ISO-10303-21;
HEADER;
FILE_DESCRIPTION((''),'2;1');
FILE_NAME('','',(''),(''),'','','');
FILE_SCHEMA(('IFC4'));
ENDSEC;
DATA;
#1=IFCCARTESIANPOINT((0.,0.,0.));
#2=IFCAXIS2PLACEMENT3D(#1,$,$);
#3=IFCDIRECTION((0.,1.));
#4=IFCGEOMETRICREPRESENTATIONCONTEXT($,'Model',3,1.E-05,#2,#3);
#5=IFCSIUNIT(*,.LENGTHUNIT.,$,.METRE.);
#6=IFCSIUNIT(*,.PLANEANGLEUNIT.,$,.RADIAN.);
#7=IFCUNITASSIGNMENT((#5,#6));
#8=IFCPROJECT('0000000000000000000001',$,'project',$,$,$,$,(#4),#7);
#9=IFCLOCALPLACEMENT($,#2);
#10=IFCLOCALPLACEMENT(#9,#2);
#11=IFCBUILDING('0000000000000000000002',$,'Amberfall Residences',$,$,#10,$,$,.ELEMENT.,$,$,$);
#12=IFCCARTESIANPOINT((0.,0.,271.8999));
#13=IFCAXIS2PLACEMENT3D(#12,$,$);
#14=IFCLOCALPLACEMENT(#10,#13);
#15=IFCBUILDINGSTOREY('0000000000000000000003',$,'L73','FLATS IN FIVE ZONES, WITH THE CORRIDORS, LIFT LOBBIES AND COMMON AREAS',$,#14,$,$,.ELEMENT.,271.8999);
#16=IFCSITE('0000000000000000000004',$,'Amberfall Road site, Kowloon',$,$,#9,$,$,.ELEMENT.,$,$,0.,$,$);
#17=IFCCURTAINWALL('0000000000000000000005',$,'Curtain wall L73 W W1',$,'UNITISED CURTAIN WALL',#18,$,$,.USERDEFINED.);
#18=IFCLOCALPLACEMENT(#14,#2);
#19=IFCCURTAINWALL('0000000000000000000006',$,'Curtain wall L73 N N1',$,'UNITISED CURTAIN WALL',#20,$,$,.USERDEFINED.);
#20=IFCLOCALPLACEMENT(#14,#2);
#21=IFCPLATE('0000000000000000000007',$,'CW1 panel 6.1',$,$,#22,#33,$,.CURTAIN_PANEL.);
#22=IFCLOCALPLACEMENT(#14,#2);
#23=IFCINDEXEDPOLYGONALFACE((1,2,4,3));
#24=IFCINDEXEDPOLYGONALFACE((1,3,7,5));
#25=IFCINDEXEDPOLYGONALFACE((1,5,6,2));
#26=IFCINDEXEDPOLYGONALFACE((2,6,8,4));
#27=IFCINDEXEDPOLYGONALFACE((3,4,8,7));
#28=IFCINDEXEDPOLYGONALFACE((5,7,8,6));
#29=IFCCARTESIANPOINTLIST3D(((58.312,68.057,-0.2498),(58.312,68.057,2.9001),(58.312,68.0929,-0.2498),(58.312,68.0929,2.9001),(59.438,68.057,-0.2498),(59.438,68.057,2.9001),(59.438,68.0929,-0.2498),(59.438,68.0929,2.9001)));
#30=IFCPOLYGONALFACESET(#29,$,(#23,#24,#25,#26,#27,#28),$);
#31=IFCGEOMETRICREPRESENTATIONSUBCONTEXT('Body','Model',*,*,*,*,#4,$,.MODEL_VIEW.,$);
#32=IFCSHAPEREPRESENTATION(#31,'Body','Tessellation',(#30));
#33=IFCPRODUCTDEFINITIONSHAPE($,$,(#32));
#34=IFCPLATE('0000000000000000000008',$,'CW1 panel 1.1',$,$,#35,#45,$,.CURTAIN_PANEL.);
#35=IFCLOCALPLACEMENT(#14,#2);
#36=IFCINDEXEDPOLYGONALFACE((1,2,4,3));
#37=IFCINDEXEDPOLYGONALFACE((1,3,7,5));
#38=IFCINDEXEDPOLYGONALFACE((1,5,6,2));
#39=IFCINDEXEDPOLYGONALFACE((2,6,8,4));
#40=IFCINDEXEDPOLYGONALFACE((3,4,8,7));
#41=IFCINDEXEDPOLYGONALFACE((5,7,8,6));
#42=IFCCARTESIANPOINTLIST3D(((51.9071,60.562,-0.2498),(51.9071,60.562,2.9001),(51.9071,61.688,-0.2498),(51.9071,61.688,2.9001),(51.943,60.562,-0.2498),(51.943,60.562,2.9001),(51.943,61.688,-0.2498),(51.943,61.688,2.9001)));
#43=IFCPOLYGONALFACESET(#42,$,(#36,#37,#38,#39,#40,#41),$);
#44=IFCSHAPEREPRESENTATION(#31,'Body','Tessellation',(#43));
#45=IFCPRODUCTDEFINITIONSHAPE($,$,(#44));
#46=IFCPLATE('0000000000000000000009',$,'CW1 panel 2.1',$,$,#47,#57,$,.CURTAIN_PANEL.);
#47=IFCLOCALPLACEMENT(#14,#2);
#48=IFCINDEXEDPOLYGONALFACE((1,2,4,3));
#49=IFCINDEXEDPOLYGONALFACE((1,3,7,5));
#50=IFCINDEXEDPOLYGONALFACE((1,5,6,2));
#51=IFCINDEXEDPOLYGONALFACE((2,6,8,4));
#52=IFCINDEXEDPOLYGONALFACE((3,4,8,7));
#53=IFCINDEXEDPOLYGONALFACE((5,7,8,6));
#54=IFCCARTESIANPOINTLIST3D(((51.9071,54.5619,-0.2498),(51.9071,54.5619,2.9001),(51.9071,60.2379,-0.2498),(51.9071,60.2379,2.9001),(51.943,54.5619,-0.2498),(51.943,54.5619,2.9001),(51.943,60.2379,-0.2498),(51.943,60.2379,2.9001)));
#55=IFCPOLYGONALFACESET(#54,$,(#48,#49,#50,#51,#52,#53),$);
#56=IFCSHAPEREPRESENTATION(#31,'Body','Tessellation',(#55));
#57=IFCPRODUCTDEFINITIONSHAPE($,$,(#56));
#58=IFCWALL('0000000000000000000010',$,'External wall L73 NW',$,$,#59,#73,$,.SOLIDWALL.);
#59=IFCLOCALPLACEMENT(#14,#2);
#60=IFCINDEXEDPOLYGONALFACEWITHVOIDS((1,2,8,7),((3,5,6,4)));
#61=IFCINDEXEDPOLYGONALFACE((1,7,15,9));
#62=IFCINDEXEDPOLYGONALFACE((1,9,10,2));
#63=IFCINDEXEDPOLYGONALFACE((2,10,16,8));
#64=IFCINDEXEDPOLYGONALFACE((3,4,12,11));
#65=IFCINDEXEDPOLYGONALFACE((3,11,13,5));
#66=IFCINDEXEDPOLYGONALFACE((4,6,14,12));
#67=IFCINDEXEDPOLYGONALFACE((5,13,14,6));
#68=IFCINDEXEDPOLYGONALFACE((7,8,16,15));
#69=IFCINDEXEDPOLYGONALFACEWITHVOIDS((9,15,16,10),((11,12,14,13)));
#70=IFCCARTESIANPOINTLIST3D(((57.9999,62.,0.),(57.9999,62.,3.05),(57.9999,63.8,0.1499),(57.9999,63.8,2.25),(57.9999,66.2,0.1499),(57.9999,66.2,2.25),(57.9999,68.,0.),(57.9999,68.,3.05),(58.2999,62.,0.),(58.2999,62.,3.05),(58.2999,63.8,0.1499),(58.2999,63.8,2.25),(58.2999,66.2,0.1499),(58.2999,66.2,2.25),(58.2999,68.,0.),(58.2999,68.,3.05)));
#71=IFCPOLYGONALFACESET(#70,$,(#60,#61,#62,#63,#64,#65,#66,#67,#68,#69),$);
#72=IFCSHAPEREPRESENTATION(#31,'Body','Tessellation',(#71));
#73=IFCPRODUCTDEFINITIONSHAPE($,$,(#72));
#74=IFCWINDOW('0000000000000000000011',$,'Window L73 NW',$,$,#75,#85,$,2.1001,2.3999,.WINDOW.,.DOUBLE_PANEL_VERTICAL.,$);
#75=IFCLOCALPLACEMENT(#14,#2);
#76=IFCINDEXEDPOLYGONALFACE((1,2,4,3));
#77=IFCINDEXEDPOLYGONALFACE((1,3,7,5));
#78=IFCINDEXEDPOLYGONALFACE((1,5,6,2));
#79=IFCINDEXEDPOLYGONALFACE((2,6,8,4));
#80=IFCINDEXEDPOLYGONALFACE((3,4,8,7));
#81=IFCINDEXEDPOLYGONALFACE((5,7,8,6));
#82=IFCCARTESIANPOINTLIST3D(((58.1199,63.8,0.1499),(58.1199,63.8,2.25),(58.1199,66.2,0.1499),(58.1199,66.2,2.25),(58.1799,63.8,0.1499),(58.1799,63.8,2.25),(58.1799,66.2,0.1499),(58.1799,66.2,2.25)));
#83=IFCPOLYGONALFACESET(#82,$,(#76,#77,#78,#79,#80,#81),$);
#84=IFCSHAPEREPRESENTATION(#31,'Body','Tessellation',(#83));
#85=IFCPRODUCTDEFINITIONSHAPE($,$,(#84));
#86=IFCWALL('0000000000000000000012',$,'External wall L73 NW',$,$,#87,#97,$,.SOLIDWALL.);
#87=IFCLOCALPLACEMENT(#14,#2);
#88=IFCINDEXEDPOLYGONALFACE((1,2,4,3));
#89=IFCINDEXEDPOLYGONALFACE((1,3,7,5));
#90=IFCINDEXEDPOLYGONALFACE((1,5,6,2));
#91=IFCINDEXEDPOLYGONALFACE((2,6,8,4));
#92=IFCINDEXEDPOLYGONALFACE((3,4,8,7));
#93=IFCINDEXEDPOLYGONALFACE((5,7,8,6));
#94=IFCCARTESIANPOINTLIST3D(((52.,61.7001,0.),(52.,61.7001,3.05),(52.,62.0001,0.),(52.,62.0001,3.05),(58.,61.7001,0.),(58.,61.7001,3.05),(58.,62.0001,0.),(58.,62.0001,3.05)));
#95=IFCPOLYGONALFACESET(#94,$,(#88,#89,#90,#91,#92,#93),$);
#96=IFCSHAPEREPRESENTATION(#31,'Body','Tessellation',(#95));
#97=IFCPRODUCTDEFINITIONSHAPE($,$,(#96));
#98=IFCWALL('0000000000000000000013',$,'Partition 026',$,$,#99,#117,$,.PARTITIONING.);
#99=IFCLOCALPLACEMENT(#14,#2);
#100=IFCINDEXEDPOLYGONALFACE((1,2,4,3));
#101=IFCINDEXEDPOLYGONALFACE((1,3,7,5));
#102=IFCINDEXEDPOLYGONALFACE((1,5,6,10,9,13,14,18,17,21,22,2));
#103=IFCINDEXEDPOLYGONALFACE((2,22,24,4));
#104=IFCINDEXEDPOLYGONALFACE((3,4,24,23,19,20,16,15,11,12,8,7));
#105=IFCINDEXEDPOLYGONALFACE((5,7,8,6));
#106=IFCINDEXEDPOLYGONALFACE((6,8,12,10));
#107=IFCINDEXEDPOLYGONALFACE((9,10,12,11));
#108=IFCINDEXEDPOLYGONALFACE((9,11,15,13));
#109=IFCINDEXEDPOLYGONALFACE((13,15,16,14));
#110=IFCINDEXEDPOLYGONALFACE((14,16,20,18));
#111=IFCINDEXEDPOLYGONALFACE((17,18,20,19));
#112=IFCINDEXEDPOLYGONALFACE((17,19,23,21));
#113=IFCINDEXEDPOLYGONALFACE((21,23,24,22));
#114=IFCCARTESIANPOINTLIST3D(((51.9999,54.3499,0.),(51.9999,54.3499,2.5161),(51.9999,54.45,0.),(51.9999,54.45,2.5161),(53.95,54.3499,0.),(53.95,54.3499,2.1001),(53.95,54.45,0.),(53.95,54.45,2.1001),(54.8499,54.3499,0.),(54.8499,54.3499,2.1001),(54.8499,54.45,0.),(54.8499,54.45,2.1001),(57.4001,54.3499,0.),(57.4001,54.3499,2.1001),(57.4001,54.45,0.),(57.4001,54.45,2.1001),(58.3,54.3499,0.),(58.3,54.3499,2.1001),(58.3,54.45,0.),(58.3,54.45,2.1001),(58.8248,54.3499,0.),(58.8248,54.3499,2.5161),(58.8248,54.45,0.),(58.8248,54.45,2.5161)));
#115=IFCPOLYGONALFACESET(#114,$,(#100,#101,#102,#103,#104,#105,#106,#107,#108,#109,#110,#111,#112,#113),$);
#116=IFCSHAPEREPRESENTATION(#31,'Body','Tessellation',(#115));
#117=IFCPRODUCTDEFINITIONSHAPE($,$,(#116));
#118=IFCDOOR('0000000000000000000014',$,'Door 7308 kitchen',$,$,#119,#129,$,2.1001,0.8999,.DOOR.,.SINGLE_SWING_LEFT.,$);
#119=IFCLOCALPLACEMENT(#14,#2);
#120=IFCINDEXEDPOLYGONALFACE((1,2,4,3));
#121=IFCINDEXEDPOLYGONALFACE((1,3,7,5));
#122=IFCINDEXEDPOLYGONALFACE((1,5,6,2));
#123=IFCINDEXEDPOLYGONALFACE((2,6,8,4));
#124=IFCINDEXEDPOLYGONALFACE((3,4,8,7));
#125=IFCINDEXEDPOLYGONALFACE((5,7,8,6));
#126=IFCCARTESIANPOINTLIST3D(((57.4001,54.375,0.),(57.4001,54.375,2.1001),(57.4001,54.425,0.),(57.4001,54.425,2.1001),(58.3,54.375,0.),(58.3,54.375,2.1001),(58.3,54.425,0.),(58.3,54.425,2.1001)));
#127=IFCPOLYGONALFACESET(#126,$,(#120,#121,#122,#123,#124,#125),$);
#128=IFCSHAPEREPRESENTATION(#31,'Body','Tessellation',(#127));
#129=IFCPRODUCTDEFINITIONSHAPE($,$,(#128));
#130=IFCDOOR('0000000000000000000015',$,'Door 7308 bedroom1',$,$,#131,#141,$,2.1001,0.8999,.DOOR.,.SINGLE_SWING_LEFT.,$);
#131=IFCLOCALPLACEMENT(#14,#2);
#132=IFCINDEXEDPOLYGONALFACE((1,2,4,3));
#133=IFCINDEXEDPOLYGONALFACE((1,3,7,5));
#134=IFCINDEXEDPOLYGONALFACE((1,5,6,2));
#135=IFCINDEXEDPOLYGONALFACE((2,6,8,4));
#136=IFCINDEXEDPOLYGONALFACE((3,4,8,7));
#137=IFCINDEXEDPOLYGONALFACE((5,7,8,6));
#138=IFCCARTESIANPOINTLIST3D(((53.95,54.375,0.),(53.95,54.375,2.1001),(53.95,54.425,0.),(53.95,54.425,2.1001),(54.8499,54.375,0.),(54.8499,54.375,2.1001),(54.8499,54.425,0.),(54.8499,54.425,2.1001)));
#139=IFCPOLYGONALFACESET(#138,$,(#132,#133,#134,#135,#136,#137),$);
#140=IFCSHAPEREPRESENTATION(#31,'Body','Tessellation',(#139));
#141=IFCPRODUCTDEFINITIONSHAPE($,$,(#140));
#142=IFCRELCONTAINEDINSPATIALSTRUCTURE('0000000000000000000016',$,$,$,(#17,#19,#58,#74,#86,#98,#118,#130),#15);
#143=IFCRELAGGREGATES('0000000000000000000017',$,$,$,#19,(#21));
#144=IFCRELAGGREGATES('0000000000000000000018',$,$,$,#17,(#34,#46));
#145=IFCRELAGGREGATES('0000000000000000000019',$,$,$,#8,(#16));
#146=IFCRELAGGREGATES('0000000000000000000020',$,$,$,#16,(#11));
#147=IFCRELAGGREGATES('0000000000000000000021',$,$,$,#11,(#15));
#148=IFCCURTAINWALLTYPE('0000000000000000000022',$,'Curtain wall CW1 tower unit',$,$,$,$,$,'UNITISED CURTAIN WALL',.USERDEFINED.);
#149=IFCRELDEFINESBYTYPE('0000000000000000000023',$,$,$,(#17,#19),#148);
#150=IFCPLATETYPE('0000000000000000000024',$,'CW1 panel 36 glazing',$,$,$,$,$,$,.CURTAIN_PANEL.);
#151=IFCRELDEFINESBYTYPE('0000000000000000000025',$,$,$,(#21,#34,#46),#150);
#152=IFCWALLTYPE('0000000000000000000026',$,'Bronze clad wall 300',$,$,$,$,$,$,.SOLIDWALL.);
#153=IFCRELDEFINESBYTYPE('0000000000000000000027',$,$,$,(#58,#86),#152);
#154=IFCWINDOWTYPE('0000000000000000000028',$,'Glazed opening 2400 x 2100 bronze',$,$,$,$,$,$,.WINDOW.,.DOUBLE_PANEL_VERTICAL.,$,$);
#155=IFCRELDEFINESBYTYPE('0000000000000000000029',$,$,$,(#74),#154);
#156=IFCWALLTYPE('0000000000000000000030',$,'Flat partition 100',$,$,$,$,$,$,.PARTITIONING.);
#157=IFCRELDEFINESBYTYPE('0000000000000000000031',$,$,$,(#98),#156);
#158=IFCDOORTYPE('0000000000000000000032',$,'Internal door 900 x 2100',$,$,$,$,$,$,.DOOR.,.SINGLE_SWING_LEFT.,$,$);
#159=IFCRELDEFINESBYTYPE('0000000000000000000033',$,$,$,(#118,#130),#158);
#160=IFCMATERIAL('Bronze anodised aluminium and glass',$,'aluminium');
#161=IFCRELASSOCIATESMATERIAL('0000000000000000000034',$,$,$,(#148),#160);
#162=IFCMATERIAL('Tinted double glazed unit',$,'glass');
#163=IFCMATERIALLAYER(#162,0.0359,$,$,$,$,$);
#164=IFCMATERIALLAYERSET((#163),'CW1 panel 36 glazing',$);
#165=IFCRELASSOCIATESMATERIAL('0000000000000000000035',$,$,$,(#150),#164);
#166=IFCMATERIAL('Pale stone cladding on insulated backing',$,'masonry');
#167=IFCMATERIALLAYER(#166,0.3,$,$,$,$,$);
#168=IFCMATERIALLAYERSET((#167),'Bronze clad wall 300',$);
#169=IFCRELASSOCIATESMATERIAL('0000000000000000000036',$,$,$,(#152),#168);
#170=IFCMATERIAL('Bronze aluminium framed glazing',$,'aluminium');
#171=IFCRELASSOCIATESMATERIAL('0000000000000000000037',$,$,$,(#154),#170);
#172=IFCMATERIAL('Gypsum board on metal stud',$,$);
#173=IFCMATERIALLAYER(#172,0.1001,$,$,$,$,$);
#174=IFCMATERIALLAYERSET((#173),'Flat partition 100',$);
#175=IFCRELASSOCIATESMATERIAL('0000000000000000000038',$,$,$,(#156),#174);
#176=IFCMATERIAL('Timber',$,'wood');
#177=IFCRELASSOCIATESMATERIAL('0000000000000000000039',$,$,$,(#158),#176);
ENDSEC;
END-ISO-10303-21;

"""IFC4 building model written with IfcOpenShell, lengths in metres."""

from ifc_helpers import new_model, si_unit, direction, frame, frame_2d, origin, origin_2d, place, context, subcontext, project, spatial, rectangle, extrude, material, layer, layer_set, type_object, element, fill, aggregate, save


model = new_model("IFC4")

# Units and contexts
model_context = context("Model", 3, precision=1e-05, world=origin(), true_north=direction((0.0, 1.0)))
body_context = subcontext(model_context, "Body", "Model", "MODEL_VIEW")
ifc_project = project(units=[si_unit("LENGTHUNIT", "METRE"), si_unit("PLANEANGLEUNIT", "RADIAN")], contexts=[model_context])

# Site, building, storey
site_placement = place(None, origin())
site = spatial("IfcSite", under=ifc_project, at=site_placement, Name="Amberfall Road site, Kowloon", CompositionType="ELEMENT", RefElevation=0.0)
building_placement = place(site_placement, origin())
building = spatial("IfcBuilding", under=site, at=building_placement, Name="Amberfall Residences", CompositionType="ELEMENT")
storey_placement = place(building_placement, frame((0.0, 0.0, 271.8999)))
storey = spatial("IfcBuildingStorey", under=building, at=storey_placement, Name="L73", Description="FLATS IN FIVE ZONES, WITH THE CORRIDORS, LIFT LOBBIES AND COMMON AREAS", CompositionType="ELEMENT", Elevation=271.8999)

# Curtain wall
ifc_material_1 = material(Name="Bronze anodised aluminium and glass", Category="aluminium")
curtain_wall_type = type_object("IfcCurtainWallType", Name="Curtain wall CW1 tower unit", ElementType="UNITISED CURTAIN WALL", PredefinedType="USERDEFINED", material=ifc_material_1)
curtain_wall_1_placement = place(storey_placement, origin())
curtain_wall_1 = element("IfcCurtainWall", 1, at=curtain_wall_1_placement, inside=storey, type_object=curtain_wall_type, Name="Curtain wall L73 W W1", ObjectType="UNITISED CURTAIN WALL", PredefinedType="USERDEFINED")

# Curtain wall
curtain_wall_2_placement = place(storey_placement, origin())
curtain_wall_2 = element("IfcCurtainWall", 2, at=curtain_wall_2_placement, inside=storey, type_object=curtain_wall_type, Name="Curtain wall L73 N N1", ObjectType="UNITISED CURTAIN WALL", PredefinedType="USERDEFINED")

# Plates
ifc_material_2 = material(Name="Tinted double glazed unit", Category="glass")
ifc_layer_1 = layer(ifc_material_2, 0.0359)
ifc_layer_set_1 = layer_set([ifc_layer_1], Name="CW1 panel 36 glazing")
plate_type = type_object("IfcPlateType", Name="CW1 panel 36 glazing", PredefinedType="CURTAIN_PANEL", material=ifc_layer_set_1)
plate_1_placement = place(storey_placement, frame((58.875, 68.075, -0.2498), z_axis=(0.0, 0.0, 1.0), x_axis=(-1.0, 0.0, 0.0)))
plate_1 = element("IfcPlate", 3, at=plate_1_placement, type_object=plate_type, Name="CW1 panel 6.1", PredefinedType="CURTAIN_PANEL", context=body_context, shape_type="SweptSolid", body=[
    extrude(rectangle(XDim=1.126, YDim=0.0359, at=origin_2d()), origin(), (0.0, 0.0, 1.0), 3.1499),
])
aggregate(curtain_wall_2, [plate_1])
plate_2_placement = place(storey_placement, frame((51.925, 61.125, -0.2498), z_axis=(0.0, 0.0, 1.0), x_axis=(0.0, -1.0, 0.0)))
plate_2 = element("IfcPlate", 4, at=plate_2_placement, type_object=plate_type, Name="CW1 panel 1.1", PredefinedType="CURTAIN_PANEL", context=body_context, shape_type="SweptSolid", body=[
    extrude(rectangle(XDim=1.126, YDim=0.0359, at=origin_2d()), origin(), (0.0, 0.0, 1.0), 3.1499),
])
plate_3_placement = place(storey_placement, frame((51.925, 57.3999, -0.2498), z_axis=(0.0, 0.0, 1.0), x_axis=(0.0, -1.0, 0.0)))
plate_3 = element("IfcPlate", 5, at=plate_3_placement, type_object=plate_type, Name="CW1 panel 2.1", PredefinedType="CURTAIN_PANEL", context=body_context, shape_type="SweptSolid", body=[
    extrude(rectangle(XDim=5.676, YDim=0.0359, at=origin_2d()), origin(), (0.0, 0.0, 1.0), 3.1499),
])
aggregate(curtain_wall_1, [plate_2, plate_3])

# Wall, opening, window
ifc_material_3 = material(Name="Pale stone cladding on insulated backing", Category="masonry")
ifc_layer_2 = layer(ifc_material_3, 0.3)
ifc_layer_set_2 = layer_set([ifc_layer_2], Name="Bronze clad wall 300")
wall_type_1 = type_object("IfcWallType", Name="Bronze clad wall 300", PredefinedType="SOLIDWALL", material=ifc_layer_set_2)
wall_1_placement = place(storey_placement, frame((58.1499, 68.0, 0.0), z_axis=(0.0, 0.0, 1.0), x_axis=(0.0, -1.0, 0.0)))
wall_1 = element("IfcWall", 6, at=wall_1_placement, inside=storey, type_object=wall_type_1, Name="External wall L73 NW", PredefinedType="SOLIDWALL", context=body_context, shape_type="SweptSolid", body=[
    extrude(rectangle(XDim=6.0, YDim=0.3, at=frame_2d((3.0, 0.0))), origin(), (0.0, 0.0, 1.0), 3.05),
])
opening_1_placement = place(wall_1_placement, frame((1.8, 0.0, 0.1499)))
opening_1 = element("IfcOpeningElement", 7, at=opening_1_placement, cuts=wall_1, PredefinedType="OPENING", context=body_context, shape_type="SweptSolid", body=[
    extrude(rectangle(XDim=2.3999, YDim=2.1001, at=frame_2d((1.2, 1.05))), frame((0.0, 0.1599, 0.0), z_axis=(0.0, -1.0, 0.0), x_axis=(1.0, 0.0, 0.0)), (0.0, 0.0, 1.0), 0.3201),
])
ifc_material_4 = material(Name="Bronze aluminium framed glazing", Category="aluminium")
window_type = type_object("IfcWindowType", Name="Glazed opening 2400 x 2100 bronze", PartitioningType="DOUBLE_PANEL_VERTICAL", PredefinedType="WINDOW", material=ifc_material_4)
window_placement = place(opening_1_placement, origin())
window = element("IfcWindow", 8, at=window_placement, inside=storey, type_object=window_type, Name="Window L73 NW", OverallHeight=2.1001, OverallWidth=2.3999, PartitioningType="DOUBLE_PANEL_VERTICAL", PredefinedType="WINDOW", context=body_context, shape_type="SweptSolid", body=[
    extrude(rectangle(XDim=2.3999, YDim=2.1001, at=frame_2d((1.2, 1.05))), frame((0.0, 0.03, 0.0), z_axis=(0.0, -1.0, 0.0), x_axis=(1.0, 0.0, 0.0)), (0.0, 0.0, 1.0), 0.0601),
])
fill(opening_1, window)

# Wall
wall_2_placement = place(storey_placement, frame((58.0, 61.8501, 0.0), z_axis=(0.0, 0.0, 1.0), x_axis=(-1.0, 0.0, 0.0)))
element("IfcWall", 9, at=wall_2_placement, inside=storey, type_object=wall_type_1, Name="External wall L73 NW", PredefinedType="SOLIDWALL", context=body_context, shape_type="SweptSolid", body=[
    extrude(rectangle(XDim=6.0, YDim=0.3, at=frame_2d((3.0, 0.0))), origin(), (0.0, 0.0, 1.0), 3.05),
])

# Wall, openings, doors
ifc_material_5 = material(Name="Gypsum board on metal stud")
ifc_layer_3 = layer(ifc_material_5, 0.1001)
ifc_layer_set_3 = layer_set([ifc_layer_3], Name="Flat partition 100")
wall_type_2 = type_object("IfcWallType", Name="Flat partition 100", PredefinedType="PARTITIONING", material=ifc_layer_set_3)
wall_3_placement = place(storey_placement, frame((58.825, 54.3999, 0.0), z_axis=(0.0, 0.0, 1.0), x_axis=(-1.0, 0.0, 0.0)))
wall_3 = element("IfcWall", 10, at=wall_3_placement, inside=storey, type_object=wall_type_2, Name="Partition 026", PredefinedType="PARTITIONING", context=body_context, shape_type="SweptSolid", body=[
    extrude(rectangle(XDim=6.825, YDim=0.1001, at=frame_2d((3.4126, 0.0))), origin(), (0.0, 0.0, 1.0), 2.5161),
])
opening_2_placement = place(wall_3_placement, frame((0.5249, 0.0, 0.0)))
opening_2 = element("IfcOpeningElement", 11, at=opening_2_placement, cuts=wall_3, PredefinedType="OPENING", context=body_context, shape_type="SweptSolid", body=[
    extrude(rectangle(XDim=0.8999, YDim=2.1001, at=frame_2d((0.45, 1.05))), frame((0.0, 0.0601, 0.0), z_axis=(0.0, -1.0, 0.0), x_axis=(1.0, 0.0, 0.0)), (0.0, 0.0, 1.0), 0.1201),
])
opening_3_placement = place(wall_3_placement, frame((3.9751, 0.0, 0.0)))
opening_3 = element("IfcOpeningElement", 12, at=opening_3_placement, cuts=wall_3, PredefinedType="OPENING", context=body_context, shape_type="SweptSolid", body=[
    extrude(rectangle(XDim=0.8999, YDim=2.1001, at=frame_2d((0.45, 1.05))), frame((0.0, 0.0601, 0.0), z_axis=(0.0, -1.0, 0.0), x_axis=(1.0, 0.0, 0.0)), (0.0, 0.0, 1.0), 0.1201),
])
ifc_material_6 = material(Name="Timber", Category="wood")
door_type = type_object("IfcDoorType", Name="Internal door 900 x 2100", OperationType="SINGLE_SWING_LEFT", PredefinedType="DOOR", material=ifc_material_6)
door_1_placement = place(opening_2_placement, origin())
door_1 = element("IfcDoor", 13, at=door_1_placement, inside=storey, type_object=door_type, Name="Door 7308 kitchen", OperationType="SINGLE_SWING_LEFT", OverallHeight=2.1001, OverallWidth=0.8999, PredefinedType="DOOR", context=body_context, shape_type="SweptSolid", body=[
    extrude(rectangle(XDim=0.8999, YDim=2.1001, at=frame_2d((0.45, 1.05))), frame((0.0, 0.0249, 0.0), z_axis=(0.0, -1.0, 0.0), x_axis=(1.0, 0.0, 0.0)), (0.0, 0.0, 1.0), 0.05),
])
fill(opening_2, door_1)
door_2_placement = place(opening_3_placement, origin())
door_2 = element("IfcDoor", 14, at=door_2_placement, inside=storey, type_object=door_type, Name="Door 7308 bedroom1", OperationType="SINGLE_SWING_LEFT", OverallHeight=2.1001, OverallWidth=0.8999, PredefinedType="DOOR", context=body_context, shape_type="SweptSolid", body=[
    extrude(rectangle(XDim=0.8999, YDim=2.1001, at=frame_2d((0.45, 1.05))), frame((0.0, 0.0249, 0.0), z_axis=(0.0, -1.0, 0.0), x_axis=(1.0, 0.0, 0.0)), (0.0, 0.0, 1.0), 0.05),
])
fill(opening_3, door_2)

save(model, "model.ifc")
